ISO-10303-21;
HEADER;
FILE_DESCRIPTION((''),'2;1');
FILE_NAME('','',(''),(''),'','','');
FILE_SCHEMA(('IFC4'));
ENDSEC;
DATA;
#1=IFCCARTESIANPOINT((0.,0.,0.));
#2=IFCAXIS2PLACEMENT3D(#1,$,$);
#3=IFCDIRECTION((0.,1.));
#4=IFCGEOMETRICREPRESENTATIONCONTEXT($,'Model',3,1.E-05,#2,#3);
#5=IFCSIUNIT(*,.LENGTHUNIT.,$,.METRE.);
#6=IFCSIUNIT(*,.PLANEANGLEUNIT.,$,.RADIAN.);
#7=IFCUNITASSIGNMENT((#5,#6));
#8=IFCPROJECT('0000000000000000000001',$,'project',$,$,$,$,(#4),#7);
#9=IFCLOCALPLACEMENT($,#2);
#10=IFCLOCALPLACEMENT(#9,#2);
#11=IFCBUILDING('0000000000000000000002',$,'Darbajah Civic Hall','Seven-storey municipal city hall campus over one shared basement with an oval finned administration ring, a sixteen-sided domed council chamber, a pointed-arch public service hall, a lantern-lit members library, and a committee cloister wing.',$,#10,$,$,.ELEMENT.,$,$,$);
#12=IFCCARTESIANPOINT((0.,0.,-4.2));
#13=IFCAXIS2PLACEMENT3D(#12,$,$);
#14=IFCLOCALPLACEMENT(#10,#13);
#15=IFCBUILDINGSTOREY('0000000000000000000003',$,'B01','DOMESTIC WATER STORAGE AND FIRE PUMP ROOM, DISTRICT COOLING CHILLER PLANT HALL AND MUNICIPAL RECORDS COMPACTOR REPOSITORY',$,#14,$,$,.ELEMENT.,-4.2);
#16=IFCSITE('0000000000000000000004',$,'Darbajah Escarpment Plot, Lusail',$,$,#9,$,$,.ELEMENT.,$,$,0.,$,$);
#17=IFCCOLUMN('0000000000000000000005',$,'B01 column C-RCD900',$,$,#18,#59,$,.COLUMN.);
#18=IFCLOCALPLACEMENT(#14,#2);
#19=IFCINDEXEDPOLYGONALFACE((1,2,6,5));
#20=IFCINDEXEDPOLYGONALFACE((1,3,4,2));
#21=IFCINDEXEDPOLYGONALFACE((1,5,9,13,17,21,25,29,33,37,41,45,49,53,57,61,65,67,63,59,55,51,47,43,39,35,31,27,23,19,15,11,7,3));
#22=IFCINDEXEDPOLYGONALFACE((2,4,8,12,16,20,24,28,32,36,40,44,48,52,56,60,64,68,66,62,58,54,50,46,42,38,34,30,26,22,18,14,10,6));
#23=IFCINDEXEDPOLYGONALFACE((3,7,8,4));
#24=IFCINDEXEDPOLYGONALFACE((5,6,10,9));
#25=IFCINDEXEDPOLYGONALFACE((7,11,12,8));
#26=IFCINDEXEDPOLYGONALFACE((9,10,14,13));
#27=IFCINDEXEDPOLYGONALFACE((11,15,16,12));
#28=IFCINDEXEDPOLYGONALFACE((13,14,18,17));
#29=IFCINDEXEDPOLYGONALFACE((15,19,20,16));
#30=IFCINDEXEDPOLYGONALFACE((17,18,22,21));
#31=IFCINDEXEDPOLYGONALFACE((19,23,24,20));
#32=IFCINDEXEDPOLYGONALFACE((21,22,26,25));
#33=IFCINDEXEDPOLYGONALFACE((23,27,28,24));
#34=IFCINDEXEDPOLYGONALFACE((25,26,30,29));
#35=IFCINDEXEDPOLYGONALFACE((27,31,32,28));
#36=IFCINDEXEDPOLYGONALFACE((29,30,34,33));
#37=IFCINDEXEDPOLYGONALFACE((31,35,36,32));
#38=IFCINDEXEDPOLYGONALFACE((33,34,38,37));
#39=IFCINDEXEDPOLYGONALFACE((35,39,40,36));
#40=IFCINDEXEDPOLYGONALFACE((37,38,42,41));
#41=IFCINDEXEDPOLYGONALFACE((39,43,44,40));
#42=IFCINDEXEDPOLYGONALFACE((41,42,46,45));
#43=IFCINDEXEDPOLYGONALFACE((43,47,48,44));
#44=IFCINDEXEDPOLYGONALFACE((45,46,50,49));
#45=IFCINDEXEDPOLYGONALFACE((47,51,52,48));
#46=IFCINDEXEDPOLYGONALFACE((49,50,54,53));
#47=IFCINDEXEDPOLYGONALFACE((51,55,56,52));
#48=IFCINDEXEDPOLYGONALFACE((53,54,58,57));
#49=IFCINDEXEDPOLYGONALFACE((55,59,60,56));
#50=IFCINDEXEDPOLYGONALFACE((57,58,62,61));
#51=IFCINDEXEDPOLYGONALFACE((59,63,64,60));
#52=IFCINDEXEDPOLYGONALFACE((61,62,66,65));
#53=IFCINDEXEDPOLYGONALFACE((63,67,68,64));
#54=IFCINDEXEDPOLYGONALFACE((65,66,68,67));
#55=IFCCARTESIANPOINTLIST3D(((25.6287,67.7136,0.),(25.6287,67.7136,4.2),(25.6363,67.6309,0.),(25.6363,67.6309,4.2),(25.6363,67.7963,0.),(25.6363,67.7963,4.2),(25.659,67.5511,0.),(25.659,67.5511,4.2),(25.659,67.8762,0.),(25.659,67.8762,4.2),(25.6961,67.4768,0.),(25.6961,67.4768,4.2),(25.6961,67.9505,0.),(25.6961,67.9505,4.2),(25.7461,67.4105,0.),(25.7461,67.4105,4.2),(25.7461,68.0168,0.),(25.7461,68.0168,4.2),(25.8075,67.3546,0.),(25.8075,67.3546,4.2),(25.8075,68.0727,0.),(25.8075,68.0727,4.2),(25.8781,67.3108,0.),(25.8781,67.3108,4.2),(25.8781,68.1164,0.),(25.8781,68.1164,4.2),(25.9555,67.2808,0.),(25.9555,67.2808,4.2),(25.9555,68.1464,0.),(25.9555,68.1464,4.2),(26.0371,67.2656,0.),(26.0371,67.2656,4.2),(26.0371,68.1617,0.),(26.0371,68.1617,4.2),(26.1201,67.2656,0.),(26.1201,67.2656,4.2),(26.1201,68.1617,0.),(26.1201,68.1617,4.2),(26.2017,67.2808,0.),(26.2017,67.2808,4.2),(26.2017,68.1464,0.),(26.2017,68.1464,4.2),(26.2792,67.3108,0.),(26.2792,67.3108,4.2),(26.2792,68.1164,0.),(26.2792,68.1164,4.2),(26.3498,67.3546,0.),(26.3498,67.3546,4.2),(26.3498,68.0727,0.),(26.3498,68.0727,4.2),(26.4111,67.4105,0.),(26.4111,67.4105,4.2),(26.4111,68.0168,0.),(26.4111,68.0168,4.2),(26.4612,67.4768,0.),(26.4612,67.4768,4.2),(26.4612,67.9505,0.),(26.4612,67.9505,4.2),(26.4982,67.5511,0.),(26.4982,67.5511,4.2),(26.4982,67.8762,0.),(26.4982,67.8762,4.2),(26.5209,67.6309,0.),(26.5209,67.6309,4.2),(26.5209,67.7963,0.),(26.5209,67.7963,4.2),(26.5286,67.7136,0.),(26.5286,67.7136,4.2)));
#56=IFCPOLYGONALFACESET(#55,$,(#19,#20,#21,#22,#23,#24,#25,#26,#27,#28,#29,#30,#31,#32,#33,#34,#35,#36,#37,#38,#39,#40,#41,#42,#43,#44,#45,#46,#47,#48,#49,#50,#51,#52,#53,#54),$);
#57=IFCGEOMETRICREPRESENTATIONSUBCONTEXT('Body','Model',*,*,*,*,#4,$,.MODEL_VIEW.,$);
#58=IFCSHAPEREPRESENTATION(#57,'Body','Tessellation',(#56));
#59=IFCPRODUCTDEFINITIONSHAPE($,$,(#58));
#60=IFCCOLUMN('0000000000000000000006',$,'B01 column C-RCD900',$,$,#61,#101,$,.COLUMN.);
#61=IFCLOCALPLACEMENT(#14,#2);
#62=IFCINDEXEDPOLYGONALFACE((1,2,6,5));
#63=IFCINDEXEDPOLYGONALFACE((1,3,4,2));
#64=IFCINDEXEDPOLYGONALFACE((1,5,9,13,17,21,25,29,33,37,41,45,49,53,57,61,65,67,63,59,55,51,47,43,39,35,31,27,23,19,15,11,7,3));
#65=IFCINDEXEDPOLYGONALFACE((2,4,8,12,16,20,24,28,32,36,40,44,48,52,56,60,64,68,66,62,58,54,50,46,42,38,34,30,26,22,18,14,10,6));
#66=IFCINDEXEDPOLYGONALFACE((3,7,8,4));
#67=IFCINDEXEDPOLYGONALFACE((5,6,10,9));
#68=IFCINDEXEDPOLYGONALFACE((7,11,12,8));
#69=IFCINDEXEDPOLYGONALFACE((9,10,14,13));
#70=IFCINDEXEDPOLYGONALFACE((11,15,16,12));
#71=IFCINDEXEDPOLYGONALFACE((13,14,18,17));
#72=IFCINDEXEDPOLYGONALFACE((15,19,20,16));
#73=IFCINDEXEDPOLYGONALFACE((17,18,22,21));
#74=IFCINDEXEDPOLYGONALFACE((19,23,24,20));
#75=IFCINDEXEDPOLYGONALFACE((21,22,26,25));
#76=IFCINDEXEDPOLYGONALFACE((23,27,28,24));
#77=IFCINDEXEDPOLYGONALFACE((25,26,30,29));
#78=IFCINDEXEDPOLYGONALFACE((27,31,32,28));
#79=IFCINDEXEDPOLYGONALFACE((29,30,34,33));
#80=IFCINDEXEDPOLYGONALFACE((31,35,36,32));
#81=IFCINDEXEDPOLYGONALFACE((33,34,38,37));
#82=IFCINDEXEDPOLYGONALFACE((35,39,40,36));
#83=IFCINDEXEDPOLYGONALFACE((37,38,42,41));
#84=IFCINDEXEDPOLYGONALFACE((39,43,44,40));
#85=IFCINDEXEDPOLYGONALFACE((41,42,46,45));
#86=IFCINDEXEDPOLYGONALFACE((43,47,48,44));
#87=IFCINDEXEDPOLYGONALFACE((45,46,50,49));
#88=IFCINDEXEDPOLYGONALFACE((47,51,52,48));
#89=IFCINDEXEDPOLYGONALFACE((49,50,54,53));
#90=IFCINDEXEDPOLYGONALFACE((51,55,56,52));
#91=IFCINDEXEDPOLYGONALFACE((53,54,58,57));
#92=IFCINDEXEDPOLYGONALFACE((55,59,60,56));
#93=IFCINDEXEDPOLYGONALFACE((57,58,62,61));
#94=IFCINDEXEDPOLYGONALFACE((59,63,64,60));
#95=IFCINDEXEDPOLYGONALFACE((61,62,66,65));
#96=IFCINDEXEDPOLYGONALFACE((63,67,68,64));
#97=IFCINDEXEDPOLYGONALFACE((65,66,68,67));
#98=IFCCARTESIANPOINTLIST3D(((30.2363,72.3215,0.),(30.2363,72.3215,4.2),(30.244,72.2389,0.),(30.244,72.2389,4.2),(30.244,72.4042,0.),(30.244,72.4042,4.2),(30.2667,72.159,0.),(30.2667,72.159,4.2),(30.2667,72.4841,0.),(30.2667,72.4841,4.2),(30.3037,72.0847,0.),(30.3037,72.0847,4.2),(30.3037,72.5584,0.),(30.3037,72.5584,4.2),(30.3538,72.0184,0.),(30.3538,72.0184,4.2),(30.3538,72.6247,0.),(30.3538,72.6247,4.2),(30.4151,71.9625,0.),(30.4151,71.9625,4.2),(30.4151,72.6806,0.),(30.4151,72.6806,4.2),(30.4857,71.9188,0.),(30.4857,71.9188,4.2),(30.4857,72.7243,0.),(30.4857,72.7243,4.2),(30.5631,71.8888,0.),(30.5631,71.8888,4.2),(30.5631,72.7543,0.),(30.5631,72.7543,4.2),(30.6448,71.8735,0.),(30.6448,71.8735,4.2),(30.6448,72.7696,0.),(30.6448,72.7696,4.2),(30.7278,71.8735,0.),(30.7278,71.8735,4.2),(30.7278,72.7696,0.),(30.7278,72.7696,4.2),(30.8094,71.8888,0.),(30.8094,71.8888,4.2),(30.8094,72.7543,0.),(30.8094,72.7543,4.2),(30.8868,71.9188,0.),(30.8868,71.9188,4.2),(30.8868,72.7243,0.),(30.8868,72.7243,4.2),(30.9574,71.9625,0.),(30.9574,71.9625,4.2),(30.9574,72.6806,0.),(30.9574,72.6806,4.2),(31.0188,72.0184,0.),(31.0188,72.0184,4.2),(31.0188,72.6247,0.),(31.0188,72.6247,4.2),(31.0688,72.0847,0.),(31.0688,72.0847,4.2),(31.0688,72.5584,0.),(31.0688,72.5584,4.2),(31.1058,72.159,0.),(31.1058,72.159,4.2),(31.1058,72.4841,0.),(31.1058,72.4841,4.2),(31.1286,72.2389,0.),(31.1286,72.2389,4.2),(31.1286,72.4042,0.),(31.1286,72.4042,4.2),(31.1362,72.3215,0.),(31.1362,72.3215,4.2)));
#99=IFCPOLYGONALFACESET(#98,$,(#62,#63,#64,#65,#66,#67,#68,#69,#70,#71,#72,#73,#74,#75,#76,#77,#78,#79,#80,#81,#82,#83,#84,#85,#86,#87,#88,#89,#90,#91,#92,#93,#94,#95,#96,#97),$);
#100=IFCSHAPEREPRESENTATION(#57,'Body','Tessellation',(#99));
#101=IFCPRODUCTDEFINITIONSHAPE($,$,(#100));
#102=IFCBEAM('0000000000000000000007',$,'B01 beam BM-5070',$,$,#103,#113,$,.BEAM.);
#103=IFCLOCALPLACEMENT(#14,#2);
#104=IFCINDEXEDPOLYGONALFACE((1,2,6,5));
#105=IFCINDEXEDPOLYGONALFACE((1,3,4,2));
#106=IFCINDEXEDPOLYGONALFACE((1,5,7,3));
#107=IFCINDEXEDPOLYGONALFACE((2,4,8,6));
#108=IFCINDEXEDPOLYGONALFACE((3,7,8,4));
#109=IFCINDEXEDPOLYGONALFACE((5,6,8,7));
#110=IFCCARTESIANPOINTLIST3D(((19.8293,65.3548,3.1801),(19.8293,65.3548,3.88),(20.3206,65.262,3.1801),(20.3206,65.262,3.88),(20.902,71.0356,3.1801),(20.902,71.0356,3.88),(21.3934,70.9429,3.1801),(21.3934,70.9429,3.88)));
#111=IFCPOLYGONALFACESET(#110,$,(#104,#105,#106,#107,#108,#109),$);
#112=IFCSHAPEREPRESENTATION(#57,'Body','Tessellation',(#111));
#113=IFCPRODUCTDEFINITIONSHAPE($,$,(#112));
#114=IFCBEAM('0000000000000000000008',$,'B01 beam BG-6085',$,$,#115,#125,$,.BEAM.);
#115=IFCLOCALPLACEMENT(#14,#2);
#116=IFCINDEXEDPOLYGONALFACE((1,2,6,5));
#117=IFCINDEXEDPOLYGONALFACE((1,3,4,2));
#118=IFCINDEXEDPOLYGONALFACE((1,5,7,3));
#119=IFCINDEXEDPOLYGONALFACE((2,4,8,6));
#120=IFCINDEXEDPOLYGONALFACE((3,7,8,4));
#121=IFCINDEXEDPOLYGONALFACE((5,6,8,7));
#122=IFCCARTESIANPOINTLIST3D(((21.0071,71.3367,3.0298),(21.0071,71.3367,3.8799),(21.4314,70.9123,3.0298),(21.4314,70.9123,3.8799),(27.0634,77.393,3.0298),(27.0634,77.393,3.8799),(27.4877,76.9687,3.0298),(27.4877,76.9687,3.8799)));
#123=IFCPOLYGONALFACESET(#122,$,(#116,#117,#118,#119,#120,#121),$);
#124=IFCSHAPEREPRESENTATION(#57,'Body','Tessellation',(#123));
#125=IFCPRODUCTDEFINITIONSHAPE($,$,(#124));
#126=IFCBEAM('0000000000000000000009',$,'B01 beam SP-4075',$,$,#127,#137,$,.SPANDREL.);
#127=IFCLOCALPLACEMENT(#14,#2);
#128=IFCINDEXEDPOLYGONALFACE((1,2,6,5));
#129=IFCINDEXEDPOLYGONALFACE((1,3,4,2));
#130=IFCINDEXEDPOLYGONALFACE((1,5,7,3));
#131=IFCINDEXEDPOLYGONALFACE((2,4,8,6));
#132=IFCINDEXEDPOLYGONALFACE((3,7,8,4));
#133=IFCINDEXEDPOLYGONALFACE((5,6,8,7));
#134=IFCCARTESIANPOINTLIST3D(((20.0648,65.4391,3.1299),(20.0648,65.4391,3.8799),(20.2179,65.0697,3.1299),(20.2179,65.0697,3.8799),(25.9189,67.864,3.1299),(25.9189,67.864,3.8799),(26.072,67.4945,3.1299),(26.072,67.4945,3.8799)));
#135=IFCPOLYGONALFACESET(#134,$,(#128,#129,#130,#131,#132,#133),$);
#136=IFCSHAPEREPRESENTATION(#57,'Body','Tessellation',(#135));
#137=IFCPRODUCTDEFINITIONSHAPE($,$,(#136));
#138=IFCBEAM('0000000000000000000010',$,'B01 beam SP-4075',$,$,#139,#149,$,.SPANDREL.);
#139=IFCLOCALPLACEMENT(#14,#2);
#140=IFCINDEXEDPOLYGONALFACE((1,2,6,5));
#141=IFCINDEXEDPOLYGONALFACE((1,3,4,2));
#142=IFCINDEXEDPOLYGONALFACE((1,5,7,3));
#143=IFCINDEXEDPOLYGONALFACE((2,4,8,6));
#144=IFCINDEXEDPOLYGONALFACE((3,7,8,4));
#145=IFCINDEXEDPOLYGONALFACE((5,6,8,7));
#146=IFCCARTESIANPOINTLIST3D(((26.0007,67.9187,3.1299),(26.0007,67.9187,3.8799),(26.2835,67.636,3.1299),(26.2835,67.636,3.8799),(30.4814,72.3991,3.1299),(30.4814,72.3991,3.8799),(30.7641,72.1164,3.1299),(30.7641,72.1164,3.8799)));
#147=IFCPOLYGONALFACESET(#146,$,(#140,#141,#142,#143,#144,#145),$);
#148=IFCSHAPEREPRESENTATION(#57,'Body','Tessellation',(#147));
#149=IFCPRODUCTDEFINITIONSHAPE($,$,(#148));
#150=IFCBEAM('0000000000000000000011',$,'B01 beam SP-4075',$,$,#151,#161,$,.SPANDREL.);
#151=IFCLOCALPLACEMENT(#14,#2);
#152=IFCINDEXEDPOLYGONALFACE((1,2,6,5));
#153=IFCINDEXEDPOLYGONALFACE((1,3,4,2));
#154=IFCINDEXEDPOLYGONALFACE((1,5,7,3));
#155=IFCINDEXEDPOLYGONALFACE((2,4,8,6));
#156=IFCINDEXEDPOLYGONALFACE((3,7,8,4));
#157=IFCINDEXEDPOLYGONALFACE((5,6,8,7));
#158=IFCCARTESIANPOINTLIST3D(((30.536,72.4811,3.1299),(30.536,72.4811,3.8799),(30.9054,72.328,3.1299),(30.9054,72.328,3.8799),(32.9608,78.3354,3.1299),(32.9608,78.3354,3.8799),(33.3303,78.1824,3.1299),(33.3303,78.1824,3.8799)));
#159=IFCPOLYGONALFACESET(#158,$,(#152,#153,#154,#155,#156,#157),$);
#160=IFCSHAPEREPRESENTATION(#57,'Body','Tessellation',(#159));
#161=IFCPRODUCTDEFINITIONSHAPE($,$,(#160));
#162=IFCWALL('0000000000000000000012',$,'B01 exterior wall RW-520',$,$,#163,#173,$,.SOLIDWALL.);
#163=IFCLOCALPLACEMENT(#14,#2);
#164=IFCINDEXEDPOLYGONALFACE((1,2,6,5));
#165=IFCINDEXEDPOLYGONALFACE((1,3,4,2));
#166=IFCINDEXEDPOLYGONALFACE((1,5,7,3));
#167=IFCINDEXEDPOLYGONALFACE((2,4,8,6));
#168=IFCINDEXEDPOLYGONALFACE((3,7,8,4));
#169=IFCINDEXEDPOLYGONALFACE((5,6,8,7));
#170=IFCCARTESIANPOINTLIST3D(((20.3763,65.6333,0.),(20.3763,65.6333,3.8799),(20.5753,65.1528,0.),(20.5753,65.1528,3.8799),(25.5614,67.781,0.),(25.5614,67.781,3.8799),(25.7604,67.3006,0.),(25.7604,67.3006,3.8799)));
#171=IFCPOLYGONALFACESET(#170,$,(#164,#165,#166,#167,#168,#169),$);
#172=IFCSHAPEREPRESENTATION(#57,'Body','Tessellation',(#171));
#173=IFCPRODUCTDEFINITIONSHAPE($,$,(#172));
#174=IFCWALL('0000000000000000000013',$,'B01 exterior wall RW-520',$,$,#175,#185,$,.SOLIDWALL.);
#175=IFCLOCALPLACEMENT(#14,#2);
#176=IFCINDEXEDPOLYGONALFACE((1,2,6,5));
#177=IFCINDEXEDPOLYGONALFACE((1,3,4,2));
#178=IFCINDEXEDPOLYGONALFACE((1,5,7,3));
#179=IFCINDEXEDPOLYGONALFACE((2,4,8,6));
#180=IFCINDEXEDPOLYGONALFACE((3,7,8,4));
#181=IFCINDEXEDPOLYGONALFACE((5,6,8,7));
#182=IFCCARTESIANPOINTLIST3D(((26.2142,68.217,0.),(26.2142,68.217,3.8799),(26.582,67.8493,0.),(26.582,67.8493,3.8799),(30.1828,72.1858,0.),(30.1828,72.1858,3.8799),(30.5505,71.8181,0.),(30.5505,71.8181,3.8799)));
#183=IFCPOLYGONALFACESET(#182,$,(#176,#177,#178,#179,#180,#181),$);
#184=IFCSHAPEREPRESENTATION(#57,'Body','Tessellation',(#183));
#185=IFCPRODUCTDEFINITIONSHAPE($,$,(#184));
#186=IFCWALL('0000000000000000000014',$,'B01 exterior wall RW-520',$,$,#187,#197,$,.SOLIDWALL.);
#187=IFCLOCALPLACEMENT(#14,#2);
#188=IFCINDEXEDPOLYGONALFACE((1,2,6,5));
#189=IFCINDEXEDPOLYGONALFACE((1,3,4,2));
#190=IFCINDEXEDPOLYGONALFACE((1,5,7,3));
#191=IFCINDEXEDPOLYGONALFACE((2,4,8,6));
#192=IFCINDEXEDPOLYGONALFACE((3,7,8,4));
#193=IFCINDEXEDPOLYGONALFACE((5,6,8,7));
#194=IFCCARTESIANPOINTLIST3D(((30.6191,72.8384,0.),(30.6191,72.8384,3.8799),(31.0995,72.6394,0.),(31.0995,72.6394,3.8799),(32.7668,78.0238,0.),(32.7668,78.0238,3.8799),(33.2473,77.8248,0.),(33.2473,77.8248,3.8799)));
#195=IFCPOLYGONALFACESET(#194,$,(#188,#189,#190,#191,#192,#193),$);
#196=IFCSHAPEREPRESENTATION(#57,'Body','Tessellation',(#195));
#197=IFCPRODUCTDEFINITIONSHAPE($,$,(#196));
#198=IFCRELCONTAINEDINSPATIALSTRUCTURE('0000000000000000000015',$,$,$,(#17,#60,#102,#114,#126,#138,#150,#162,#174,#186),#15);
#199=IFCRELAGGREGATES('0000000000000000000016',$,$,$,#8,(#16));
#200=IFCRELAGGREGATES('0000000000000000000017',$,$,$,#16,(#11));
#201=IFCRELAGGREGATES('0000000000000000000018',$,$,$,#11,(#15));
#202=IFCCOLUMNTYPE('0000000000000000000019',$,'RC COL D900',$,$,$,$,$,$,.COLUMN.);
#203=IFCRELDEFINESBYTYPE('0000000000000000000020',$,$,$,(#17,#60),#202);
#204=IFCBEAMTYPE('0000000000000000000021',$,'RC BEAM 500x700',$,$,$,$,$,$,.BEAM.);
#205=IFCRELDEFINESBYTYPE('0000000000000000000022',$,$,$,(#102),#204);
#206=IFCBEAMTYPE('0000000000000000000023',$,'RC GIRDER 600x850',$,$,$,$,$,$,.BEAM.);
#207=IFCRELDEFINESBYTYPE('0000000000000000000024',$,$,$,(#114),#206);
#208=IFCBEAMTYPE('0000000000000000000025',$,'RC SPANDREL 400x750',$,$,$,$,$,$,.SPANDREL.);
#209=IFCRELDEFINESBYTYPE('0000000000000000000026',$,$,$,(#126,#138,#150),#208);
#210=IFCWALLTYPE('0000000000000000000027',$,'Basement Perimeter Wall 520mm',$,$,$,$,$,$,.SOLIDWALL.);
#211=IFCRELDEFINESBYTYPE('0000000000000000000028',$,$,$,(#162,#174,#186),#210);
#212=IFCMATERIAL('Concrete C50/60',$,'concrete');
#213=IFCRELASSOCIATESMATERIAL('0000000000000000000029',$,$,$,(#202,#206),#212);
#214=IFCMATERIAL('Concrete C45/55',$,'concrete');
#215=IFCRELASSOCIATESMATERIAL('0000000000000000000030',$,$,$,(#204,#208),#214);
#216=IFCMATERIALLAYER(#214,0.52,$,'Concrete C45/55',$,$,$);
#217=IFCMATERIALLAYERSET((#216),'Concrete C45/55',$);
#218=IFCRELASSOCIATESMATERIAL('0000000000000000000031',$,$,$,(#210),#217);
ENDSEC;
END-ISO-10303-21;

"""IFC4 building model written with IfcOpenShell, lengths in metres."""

from ifc_helpers import new_model, si_unit, direction, frame, frame_2d, origin, origin_2d, place, context, subcontext, project, spatial, rectangle, circle, extrude, material, layer, layer_set, material_profile, profile_set, type_object, element, save


model = new_model("IFC4")

# Units and contexts
model_context = context("Model", 3, precision=1e-05, world=origin(), true_north=direction((0.0, 1.0)))
body_context = subcontext(model_context, "Body", "Model", "MODEL_VIEW")
ifc_project = project(units=[si_unit("LENGTHUNIT", "METRE"), si_unit("PLANEANGLEUNIT", "RADIAN")], contexts=[model_context])

# Site, building, storey
site_placement = place(None, origin())
site = spatial("IfcSite", under=ifc_project, at=site_placement, Name="Darbajah Escarpment Plot, Lusail", CompositionType="ELEMENT", RefElevation=0.0)
building_placement = place(site_placement, origin())
building = spatial("IfcBuilding", under=site, at=building_placement, Name="Darbajah Civic Hall", Description="Seven-storey municipal city hall campus over one shared basement with an oval finned administration ring, a sixteen-sided domed council chamber, a pointed-arch public service hall, a lantern-lit members library, and a committee cloister wing.", CompositionType="ELEMENT")
storey_placement = place(building_placement, frame((0.0, 0.0, -4.2)))
storey = spatial("IfcBuildingStorey", under=building, at=storey_placement, Name="B01", Description="DOMESTIC WATER STORAGE AND FIRE PUMP ROOM, DISTRICT COOLING CHILLER PLANT HALL AND MUNICIPAL RECORDS COMPACTOR REPOSITORY", CompositionType="ELEMENT", Elevation=-4.2)

# Shared definitions
ifc_material_1 = material(Name="Concrete C45/55", Category="concrete")

# Columns
ifc_material_2 = material(Name="Concrete C50/60", Category="concrete")
ifc_material_profile_1 = material_profile(ifc_material_2, circle(Radius=0.45, at=origin_2d()), Name="RC COL D900")
ifc_profile_set_1 = profile_set([ifc_material_profile_1], Name="Concrete C50/60")
column_type_1 = type_object("IfcColumnType", Name="RC COL D900", PredefinedType="COLUMN", material=ifc_profile_set_1)
for number, where, z_axis, x_axis, name in (
    (1, (26.0786, 67.7136, 0.0), (0.0, 0.0, 1.0), (1.0, 0.0, 0.0), "B01 column C-RCD900"),
    (2, (30.6863, 72.3215, 0.0), (0.0, 0.0, 1.0), (1.0, 0.0, 0.0), "B01 column C-RCD900"),
):
    element("IfcColumn", number, at=place(storey_placement, frame(where, z_axis=z_axis, x_axis=x_axis)), inside=storey, type_object=column_type_1, Name=name, PredefinedType="COLUMN", context=body_context, shape_type="SweptSolid", body=[
        extrude(circle(Radius=0.45, at=origin_2d()), origin(), (0.0, 0.0, 1.0), 4.2),
    ])

# Beams
ifc_material_profile_2 = material_profile(ifc_material_1, rectangle(XDim=0.5, YDim=0.7, at=origin_2d()), Name="RC BEAM 500x700")
ifc_profile_set_2 = profile_set([ifc_material_profile_2], Name="Concrete C45/55")
beam_type_1 = type_object("IfcBeamType", Name="RC BEAM 500x700", PredefinedType="BEAM", material=ifc_profile_set_2)
beam_1_placement = place(storey_placement, frame((21.1477, 70.9893, 3.53), z_axis=(-0.185556, -0.982634, 0.0), x_axis=(0.982634, -0.185556, 0.0)))
element("IfcBeam", 3, at=beam_1_placement, inside=storey, type_object=beam_type_1, Name="B01 beam BM-5070", PredefinedType="BEAM", context=body_context, shape_type="SweptSolid", body=[
    extrude(rectangle(XDim=0.5, YDim=0.7, at=origin_2d()), origin(), (0.0, 0.0, 1.0), 5.7812),
])
ifc_material_profile_3 = material_profile(ifc_material_2, rectangle(XDim=0.6001, YDim=0.8501, at=origin_2d()), Name="RC GIRDER 600x850")
ifc_profile_set_3 = profile_set([ifc_material_profile_3], Name="Concrete C50/60")
beam_type_2 = type_object("IfcBeamType", Name="RC GIRDER 600x850", PredefinedType="BEAM", material=ifc_profile_set_3)
beam_2_placement = place(storey_placement, frame((21.2192, 71.1245, 3.4548), z_axis=(0.707107, 0.707107, 0.0), x_axis=(-0.707107, 0.707107, 0.0)))
element("IfcBeam", 4, at=beam_2_placement, inside=storey, type_object=beam_type_2, Name="B01 beam BG-6085", PredefinedType="BEAM", context=body_context, shape_type="SweptSolid", body=[
    extrude(rectangle(XDim=0.6001, YDim=0.8501, at=origin_2d()), origin(), (0.0, 0.0, 1.0), 8.5649),
])
ifc_material_profile_4 = material_profile(ifc_material_1, rectangle(XDim=0.3999, YDim=0.75, at=origin_2d()), Name="RC SPANDREL 400x750")
ifc_profile_set_4 = profile_set([ifc_material_profile_4], Name="Concrete C45/55")
beam_type_3 = type_object("IfcBeamType", Name="RC SPANDREL 400x750", PredefinedType="SPANDREL", material=ifc_profile_set_4)
for number, where, z_axis, x_axis, name in (
    (5, (20.1414, 65.2544, 3.5049), (0.92388, 0.382683, 0.0), (-0.382683, 0.92388, 0.0), "B01 beam SP-4075"),
    (6, (26.1421, 67.7773, 3.5049), (0.707126, 0.707088, 0.0), (-0.707088, 0.707126, 0.0), "B01 beam SP-4075"),
):
    element("IfcBeam", number, at=place(storey_placement, frame(where, z_axis=z_axis, x_axis=x_axis)), inside=storey, type_object=beam_type_3, Name=name, PredefinedType="SPANDREL", context=body_context, shape_type="SweptSolid", body=[
        extrude(rectangle(XDim=0.3999, YDim=0.75, at=origin_2d()), origin(), (0.0, 0.0, 1.0), 6.3364),
    ])
beam_3_placement = place(storey_placement, frame((30.7207, 72.4045, 3.5049), z_axis=(0.382669, 0.923885, 0.0), x_axis=(-0.923885, 0.382669, 0.0)))
element("IfcBeam", 7, at=beam_3_placement, inside=storey, type_object=beam_type_3, Name="B01 beam SP-4075", PredefinedType="SPANDREL", context=body_context, shape_type="SweptSolid", body=[
    extrude(rectangle(XDim=0.3999, YDim=0.75, at=origin_2d()), origin(), (0.0, 0.0, 1.0), 6.3367),
])

# Walls
ifc_layer_1 = layer(ifc_material_1, 0.52, Name="Concrete C45/55")
ifc_layer_set_1 = layer_set([ifc_layer_1], Name="Concrete C45/55")
wall_type_1 = type_object("IfcWallType", Name="Basement Perimeter Wall 520mm", PredefinedType="SOLIDWALL", material=ifc_layer_set_1)
wall_1_placement = place(storey_placement, frame((20.4758, 65.3931, 0.0), z_axis=(0.0, 0.0, 1.0), x_axis=(0.923881, 0.382681, 0.0)))
element("IfcWall", 8, at=wall_1_placement, inside=storey, type_object=wall_type_1, Name="B01 exterior wall RW-520", PredefinedType="SOLIDWALL", context=body_context, shape_type="SweptSolid", body=[
    extrude(rectangle(XDim=5.6123, YDim=0.52, at=frame_2d((2.8062, 0.0))), origin(), (0.0, 0.0, 1.0), 3.8799),
])
for number, where, z_axis, x_axis, name in (
    (9, (26.3982, 68.0332, 0.0), (0.0, 0.0, 1.0), (0.707085, 0.707129, 0.0), "B01 exterior wall RW-520"),
    (10, (30.8594, 72.739, 0.0), (0.0, 0.0, 1.0), (0.382666, 0.923887, 0.0), "B01 exterior wall RW-520"),
):
    element("IfcWall", number, at=place(storey_placement, frame(where, z_axis=z_axis, x_axis=x_axis)), inside=storey, type_object=wall_type_1, Name=name, PredefinedType="SOLIDWALL", context=body_context, shape_type="SweptSolid", body=[
        extrude(rectangle(XDim=5.6125, YDim=0.52, at=frame_2d((2.8062, 0.0))), origin(), (0.0, 0.0, 1.0), 3.8799),
    ])

save(model, "model.ifc")
